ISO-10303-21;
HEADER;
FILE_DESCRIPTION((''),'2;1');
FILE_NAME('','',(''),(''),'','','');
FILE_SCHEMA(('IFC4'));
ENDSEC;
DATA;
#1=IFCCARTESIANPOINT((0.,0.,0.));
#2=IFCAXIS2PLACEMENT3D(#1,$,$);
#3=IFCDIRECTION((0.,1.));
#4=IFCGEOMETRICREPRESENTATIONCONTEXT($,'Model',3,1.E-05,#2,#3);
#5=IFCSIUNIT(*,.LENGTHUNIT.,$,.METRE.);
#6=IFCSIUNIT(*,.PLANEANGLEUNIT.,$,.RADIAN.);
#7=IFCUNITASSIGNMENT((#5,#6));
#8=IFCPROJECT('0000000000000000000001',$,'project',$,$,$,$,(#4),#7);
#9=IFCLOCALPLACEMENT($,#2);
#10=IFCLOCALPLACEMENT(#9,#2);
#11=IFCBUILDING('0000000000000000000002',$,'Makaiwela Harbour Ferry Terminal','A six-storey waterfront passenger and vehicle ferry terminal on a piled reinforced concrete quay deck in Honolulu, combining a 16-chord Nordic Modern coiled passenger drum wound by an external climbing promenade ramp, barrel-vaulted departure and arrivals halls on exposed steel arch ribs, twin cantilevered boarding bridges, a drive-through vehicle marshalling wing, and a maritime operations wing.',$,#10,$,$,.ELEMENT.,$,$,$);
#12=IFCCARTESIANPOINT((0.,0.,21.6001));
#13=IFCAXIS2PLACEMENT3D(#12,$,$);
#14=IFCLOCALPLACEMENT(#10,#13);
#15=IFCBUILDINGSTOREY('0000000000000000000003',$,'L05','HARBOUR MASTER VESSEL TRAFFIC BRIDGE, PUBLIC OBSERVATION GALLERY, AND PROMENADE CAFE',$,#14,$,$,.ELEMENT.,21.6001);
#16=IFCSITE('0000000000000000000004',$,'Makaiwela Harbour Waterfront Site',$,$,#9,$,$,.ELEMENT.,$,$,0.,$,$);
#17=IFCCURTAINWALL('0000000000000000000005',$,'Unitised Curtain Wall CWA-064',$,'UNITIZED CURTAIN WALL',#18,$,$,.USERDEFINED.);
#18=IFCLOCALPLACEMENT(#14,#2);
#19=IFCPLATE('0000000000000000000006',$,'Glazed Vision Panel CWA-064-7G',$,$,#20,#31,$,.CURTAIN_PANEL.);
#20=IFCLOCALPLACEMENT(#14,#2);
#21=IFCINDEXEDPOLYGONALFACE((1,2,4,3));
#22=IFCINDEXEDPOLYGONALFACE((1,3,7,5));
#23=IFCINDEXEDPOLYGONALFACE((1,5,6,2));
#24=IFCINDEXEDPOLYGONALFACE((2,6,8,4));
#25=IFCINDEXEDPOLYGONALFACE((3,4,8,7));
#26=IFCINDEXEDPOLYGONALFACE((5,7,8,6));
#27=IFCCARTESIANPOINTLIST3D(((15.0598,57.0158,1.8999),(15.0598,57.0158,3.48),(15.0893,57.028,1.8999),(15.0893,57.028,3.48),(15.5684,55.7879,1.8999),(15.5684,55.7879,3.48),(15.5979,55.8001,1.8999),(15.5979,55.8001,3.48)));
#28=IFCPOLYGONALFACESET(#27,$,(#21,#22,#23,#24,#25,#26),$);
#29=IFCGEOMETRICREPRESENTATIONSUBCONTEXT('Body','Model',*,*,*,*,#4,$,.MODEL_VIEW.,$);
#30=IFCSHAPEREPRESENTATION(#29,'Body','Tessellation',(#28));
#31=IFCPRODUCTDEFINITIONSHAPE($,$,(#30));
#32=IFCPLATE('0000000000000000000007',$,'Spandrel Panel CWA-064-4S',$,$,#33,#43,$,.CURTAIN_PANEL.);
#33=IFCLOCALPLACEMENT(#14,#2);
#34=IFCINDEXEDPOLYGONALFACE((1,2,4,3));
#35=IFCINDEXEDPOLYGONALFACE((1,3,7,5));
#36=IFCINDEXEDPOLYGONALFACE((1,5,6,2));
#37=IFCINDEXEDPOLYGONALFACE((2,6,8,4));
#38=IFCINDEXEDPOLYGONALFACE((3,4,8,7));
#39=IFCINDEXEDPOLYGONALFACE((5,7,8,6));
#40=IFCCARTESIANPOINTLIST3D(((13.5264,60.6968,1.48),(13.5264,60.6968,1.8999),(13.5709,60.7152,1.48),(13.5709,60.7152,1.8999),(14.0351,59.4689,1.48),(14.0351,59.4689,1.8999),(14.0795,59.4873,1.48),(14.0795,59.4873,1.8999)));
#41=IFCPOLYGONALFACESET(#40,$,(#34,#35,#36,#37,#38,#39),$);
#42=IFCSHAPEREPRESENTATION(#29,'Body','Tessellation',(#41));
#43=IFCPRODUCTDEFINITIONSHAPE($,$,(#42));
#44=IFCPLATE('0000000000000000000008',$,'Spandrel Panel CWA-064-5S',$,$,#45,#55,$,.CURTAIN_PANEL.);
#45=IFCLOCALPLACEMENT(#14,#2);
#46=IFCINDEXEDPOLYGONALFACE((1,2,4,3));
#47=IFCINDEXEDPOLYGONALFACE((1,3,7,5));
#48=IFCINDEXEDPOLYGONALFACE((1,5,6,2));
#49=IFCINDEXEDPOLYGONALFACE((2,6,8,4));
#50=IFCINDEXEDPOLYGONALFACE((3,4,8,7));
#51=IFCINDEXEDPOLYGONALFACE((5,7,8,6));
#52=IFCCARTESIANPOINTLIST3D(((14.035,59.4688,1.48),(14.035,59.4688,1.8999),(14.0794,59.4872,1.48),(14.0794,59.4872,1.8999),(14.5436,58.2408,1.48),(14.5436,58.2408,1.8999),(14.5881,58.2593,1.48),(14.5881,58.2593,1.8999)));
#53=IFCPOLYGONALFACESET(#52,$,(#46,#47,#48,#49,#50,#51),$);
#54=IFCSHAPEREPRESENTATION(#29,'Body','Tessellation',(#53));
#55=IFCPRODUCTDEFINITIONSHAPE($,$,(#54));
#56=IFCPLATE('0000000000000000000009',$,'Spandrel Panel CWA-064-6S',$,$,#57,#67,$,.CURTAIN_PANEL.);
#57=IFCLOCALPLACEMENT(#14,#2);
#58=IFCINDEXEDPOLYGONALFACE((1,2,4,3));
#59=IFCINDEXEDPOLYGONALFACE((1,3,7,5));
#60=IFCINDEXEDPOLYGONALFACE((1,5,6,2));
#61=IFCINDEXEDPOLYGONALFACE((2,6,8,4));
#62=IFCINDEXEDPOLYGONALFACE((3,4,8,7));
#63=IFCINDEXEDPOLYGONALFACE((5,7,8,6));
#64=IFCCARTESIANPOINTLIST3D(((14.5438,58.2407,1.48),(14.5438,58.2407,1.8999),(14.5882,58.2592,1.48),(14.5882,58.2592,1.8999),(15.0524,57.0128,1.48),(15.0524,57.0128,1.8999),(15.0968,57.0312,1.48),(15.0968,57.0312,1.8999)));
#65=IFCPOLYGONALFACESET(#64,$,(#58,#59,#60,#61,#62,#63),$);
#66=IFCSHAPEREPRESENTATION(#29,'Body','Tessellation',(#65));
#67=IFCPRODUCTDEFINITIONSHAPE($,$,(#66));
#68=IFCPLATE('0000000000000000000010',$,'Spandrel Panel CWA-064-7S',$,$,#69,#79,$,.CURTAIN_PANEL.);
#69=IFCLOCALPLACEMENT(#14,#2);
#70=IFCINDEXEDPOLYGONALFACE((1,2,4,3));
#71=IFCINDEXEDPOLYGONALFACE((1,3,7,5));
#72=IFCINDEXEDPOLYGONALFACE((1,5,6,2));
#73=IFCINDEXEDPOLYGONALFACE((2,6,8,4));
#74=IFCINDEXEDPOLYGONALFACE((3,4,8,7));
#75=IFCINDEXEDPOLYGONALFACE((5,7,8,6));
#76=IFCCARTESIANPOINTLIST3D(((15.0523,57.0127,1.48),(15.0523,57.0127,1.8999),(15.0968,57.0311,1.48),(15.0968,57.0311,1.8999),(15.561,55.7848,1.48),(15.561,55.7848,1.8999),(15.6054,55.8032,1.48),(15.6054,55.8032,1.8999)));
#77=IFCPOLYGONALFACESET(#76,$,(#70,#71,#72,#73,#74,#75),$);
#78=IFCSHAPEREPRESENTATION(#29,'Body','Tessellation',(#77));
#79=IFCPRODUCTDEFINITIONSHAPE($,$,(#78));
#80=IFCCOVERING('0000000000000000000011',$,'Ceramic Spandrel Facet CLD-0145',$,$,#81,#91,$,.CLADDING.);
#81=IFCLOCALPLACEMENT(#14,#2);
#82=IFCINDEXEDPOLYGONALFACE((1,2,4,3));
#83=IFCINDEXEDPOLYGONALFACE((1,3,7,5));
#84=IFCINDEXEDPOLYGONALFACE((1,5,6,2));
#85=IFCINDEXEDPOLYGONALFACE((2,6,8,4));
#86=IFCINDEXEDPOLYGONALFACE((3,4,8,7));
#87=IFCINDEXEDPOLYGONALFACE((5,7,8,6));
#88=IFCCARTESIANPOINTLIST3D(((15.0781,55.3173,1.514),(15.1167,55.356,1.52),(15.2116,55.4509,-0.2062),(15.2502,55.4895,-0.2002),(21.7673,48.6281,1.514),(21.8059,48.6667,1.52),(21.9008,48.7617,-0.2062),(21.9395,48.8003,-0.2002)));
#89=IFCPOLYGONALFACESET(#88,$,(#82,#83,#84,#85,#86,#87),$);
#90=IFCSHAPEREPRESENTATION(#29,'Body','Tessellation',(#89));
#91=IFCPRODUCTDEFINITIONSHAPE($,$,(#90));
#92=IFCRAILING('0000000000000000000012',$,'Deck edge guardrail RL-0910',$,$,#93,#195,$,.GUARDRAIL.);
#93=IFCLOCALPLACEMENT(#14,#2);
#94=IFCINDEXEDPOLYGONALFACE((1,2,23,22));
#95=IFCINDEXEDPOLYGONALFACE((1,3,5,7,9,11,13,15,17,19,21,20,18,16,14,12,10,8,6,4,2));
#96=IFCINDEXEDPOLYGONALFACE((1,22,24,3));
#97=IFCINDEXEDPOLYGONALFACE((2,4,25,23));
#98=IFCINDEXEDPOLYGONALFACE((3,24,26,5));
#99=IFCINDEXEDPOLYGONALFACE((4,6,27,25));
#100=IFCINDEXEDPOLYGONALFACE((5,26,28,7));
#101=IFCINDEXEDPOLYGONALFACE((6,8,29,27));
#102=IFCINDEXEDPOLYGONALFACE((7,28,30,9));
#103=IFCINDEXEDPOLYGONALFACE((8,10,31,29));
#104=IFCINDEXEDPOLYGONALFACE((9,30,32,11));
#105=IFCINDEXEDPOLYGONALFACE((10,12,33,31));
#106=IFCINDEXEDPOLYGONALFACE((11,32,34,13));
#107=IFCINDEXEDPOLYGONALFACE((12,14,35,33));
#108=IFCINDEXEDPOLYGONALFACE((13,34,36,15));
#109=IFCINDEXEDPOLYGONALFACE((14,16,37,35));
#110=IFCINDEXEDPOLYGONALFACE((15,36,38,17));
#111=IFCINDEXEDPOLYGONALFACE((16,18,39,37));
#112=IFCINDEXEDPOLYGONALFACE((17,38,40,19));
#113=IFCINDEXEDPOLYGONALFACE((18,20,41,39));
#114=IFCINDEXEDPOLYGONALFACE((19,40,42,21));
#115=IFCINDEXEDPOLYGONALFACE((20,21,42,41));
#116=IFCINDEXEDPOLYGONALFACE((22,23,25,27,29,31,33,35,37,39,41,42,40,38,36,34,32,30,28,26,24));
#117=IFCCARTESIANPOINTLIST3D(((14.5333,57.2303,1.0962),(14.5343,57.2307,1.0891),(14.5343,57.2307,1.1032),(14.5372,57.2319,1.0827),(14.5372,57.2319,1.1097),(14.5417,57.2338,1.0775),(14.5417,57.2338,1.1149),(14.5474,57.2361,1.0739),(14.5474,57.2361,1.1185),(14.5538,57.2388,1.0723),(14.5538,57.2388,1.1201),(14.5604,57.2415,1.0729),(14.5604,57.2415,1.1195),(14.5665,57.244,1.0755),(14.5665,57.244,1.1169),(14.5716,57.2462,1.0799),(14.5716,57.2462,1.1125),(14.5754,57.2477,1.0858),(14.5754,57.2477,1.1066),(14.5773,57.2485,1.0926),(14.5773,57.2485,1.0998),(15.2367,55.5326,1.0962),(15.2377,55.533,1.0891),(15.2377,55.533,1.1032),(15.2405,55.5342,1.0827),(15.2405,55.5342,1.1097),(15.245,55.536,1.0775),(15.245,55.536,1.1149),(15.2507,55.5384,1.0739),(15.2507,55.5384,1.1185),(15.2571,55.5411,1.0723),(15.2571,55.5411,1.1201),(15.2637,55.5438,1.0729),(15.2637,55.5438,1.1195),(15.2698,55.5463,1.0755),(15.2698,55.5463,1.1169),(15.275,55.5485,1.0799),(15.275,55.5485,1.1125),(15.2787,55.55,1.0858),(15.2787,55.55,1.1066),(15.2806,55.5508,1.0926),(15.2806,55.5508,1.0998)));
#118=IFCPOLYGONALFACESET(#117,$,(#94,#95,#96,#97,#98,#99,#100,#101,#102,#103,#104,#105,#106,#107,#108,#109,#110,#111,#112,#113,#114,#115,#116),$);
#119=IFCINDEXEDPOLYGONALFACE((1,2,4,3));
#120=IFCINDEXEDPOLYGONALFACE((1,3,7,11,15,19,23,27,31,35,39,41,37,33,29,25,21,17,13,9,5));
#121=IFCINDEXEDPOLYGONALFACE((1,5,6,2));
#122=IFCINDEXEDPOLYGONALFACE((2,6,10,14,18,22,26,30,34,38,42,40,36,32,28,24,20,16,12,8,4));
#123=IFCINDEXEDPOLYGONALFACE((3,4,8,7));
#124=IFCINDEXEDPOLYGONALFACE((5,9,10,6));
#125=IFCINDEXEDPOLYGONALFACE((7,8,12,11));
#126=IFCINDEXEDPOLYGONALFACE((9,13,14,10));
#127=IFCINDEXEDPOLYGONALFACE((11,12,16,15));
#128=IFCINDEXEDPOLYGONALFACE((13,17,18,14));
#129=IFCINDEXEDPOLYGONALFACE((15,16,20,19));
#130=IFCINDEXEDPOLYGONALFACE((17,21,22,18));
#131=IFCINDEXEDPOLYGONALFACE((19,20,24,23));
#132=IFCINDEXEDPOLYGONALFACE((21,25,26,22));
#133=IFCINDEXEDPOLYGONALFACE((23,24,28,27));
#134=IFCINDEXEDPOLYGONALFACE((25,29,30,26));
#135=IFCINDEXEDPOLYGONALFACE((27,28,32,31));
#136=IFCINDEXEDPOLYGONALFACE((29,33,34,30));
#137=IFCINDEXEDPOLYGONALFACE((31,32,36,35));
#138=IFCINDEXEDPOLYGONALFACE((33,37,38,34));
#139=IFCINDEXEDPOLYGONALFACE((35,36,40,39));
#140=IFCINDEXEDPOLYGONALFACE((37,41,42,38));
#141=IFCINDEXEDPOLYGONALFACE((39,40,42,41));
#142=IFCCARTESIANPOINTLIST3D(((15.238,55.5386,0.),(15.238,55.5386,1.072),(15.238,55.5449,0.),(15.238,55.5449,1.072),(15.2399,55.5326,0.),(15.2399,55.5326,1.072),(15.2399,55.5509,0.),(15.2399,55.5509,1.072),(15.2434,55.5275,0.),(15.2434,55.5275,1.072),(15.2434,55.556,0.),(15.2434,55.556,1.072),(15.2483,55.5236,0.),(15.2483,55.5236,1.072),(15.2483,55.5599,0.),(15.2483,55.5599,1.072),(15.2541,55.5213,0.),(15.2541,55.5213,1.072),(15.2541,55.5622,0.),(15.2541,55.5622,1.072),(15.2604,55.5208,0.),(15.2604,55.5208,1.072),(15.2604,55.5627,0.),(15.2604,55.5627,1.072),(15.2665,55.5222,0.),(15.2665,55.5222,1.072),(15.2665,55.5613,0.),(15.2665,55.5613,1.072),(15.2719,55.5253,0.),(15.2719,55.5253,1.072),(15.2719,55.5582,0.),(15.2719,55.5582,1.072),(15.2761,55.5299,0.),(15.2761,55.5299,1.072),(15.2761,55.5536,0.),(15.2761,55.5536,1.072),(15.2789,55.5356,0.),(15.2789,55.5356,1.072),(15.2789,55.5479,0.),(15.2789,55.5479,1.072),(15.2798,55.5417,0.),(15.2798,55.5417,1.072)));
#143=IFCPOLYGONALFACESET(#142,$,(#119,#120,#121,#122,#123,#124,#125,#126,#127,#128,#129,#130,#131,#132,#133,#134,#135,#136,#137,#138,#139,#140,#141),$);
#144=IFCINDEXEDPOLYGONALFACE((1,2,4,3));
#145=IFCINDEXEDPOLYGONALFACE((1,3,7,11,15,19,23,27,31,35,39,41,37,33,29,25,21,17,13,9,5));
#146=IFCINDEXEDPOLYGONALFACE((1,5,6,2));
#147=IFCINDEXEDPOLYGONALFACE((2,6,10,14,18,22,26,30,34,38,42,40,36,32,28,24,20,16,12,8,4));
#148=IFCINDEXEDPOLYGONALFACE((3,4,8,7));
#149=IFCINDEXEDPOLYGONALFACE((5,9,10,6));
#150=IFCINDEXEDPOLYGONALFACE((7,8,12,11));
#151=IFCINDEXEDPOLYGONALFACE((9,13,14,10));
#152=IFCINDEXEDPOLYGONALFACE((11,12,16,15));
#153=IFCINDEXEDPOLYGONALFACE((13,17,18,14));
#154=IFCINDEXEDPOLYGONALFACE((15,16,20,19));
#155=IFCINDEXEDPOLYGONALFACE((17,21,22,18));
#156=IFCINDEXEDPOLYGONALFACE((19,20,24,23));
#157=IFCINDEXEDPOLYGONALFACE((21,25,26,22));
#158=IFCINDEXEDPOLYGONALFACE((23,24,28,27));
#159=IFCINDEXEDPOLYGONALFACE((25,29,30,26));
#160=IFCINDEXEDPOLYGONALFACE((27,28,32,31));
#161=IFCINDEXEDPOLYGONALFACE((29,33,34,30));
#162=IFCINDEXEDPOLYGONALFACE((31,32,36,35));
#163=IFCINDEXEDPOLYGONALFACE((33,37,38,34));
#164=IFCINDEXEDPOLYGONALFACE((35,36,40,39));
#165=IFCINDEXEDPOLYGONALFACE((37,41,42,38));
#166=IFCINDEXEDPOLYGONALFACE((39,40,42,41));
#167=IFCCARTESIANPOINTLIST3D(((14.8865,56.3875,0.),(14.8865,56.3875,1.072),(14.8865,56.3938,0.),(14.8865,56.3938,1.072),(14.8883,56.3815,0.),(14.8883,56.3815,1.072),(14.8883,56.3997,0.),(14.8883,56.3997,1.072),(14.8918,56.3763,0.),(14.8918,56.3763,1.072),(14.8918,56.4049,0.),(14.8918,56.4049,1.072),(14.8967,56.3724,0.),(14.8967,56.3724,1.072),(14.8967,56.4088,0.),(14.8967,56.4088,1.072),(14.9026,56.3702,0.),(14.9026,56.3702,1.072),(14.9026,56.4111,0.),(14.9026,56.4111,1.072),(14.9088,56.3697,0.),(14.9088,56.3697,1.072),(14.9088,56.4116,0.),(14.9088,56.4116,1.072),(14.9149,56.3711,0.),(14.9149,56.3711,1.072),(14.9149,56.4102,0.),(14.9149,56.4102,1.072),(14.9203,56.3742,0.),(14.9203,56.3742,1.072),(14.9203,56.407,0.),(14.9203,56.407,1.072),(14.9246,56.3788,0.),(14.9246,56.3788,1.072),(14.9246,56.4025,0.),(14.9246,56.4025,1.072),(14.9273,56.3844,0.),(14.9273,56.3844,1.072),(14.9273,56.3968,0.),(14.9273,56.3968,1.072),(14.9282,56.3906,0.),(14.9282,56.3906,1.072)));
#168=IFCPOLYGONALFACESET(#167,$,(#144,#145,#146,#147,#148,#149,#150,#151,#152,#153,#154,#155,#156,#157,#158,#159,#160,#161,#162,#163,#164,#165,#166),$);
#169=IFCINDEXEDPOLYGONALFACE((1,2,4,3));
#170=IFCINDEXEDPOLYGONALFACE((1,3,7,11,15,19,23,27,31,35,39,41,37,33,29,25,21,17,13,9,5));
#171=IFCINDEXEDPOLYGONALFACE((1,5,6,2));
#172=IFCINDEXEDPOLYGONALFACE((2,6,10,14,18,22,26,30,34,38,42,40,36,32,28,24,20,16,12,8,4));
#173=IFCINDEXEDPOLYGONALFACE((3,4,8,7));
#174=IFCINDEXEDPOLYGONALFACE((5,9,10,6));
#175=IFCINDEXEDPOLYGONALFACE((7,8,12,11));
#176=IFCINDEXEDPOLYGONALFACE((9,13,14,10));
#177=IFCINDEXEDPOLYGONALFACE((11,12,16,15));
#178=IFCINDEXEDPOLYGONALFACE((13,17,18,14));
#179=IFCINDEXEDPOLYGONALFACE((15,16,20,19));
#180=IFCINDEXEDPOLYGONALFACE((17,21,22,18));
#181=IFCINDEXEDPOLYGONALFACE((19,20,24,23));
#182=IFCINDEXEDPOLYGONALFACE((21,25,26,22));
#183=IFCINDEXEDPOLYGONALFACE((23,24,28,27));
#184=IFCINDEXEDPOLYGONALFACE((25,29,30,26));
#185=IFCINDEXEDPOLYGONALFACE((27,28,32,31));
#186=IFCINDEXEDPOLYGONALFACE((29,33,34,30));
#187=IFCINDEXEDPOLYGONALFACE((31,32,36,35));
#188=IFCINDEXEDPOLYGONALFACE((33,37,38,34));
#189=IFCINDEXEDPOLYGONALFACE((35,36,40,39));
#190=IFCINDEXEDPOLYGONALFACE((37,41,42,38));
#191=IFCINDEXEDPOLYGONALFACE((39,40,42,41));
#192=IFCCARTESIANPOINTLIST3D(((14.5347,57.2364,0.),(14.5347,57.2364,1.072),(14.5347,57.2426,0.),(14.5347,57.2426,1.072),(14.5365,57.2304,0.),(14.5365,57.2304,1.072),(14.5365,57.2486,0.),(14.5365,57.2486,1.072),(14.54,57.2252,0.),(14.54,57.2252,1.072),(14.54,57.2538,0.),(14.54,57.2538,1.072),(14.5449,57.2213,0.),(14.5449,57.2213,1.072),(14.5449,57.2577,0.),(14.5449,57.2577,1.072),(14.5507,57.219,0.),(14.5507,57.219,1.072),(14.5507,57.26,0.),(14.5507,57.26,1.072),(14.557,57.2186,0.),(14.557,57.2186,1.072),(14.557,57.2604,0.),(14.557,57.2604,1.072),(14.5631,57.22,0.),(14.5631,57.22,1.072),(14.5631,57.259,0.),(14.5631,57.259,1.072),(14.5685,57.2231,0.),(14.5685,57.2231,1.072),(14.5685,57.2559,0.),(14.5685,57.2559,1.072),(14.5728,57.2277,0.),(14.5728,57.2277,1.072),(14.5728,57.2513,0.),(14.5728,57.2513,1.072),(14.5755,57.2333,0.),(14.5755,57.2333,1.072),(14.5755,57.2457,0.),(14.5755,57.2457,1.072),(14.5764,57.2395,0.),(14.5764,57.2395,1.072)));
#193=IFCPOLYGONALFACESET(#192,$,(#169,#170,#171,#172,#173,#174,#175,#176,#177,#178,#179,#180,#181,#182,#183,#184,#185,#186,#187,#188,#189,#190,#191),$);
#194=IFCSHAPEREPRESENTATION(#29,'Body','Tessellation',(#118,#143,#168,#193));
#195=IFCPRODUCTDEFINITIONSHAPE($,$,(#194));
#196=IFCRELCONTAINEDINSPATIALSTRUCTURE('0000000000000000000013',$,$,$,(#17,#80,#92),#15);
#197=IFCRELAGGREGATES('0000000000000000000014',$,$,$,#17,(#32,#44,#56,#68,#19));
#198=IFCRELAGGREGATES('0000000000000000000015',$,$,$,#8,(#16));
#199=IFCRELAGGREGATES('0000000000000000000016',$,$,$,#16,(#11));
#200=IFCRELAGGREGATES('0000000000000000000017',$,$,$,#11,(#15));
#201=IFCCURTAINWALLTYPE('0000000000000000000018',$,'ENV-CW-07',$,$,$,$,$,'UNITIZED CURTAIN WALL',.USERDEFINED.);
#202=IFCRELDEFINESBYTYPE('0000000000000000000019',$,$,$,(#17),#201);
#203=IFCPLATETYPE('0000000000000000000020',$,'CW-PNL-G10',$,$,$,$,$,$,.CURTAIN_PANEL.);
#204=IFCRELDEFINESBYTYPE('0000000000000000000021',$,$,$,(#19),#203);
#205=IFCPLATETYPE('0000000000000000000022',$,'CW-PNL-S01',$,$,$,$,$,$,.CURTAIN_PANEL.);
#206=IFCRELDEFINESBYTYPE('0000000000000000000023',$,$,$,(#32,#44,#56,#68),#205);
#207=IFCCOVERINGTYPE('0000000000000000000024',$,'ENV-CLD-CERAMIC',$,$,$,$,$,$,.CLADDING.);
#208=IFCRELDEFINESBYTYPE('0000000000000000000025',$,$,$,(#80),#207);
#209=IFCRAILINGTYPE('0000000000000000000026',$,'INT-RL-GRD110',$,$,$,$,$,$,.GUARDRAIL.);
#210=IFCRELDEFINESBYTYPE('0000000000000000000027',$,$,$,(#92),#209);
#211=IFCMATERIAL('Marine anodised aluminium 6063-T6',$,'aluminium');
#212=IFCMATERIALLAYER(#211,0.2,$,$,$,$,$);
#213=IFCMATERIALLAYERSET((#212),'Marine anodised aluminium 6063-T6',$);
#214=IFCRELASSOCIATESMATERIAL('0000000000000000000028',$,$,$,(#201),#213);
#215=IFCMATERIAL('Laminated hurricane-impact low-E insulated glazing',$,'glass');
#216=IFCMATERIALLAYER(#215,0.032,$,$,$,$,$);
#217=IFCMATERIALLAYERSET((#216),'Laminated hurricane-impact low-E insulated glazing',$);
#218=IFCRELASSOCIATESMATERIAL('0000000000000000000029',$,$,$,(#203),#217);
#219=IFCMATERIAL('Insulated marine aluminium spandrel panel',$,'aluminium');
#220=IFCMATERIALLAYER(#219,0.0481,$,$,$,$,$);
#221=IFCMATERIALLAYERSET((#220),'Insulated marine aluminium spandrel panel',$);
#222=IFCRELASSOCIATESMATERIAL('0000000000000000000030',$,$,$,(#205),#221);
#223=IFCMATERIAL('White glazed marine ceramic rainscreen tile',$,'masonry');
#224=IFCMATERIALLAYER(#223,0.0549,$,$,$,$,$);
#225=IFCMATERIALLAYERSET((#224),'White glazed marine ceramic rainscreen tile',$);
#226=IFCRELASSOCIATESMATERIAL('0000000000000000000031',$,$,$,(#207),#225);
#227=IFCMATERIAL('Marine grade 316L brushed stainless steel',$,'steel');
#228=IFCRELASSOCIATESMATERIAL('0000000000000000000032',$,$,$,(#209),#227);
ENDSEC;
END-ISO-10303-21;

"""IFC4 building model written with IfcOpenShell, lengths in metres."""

from ifc_helpers import new_model, si_unit, direction, frame, origin, origin_2d, place, context, subcontext, project, spatial, polyline, rectangle, circle, outline, extrude, material, layer, layer_set, type_object, element, aggregate, save


model = new_model("IFC4")

# Units and contexts
model_context = context("Model", 3, precision=1e-05, world=origin(), true_north=direction((0.0, 1.0)))
body_context = subcontext(model_context, "Body", "Model", "MODEL_VIEW")
ifc_project = project(units=[si_unit("LENGTHUNIT", "METRE"), si_unit("PLANEANGLEUNIT", "RADIAN")], contexts=[model_context])

# Site, building, storey
site_placement = place(None, origin())
site = spatial("IfcSite", under=ifc_project, at=site_placement, Name="Makaiwela Harbour Waterfront Site", CompositionType="ELEMENT", RefElevation=0.0)
building_placement = place(site_placement, origin())
building = spatial("IfcBuilding", under=site, at=building_placement, Name="Makaiwela Harbour Ferry Terminal", Description="A six-storey waterfront passenger and vehicle ferry terminal on a piled reinforced concrete quay deck in Honolulu, combining a 16-chord Nordic Modern coiled passenger drum wound by an external climbing promenade ramp, barrel-vaulted departure and arrivals halls on exposed steel arch ribs, twin cantilevered boarding bridges, a drive-through vehicle marshalling wing, and a maritime operations wing.", CompositionType="ELEMENT")
storey_placement = place(building_placement, frame((0.0, 0.0, 21.6001)))
storey = spatial("IfcBuildingStorey", under=building, at=storey_placement, Name="L05", Description="HARBOUR MASTER VESSEL TRAFFIC BRIDGE, PUBLIC OBSERVATION GALLERY, AND PROMENADE CAFE", CompositionType="ELEMENT", Elevation=21.6001)

# Curtain wall
ifc_material_1 = material(Name="Marine anodised aluminium 6063-T6", Category="aluminium")
ifc_layer_1 = layer(ifc_material_1, 0.2)
ifc_layer_set_1 = layer_set([ifc_layer_1], Name="Marine anodised aluminium 6063-T6")
curtain_wall_type = type_object("IfcCurtainWallType", Name="ENV-CW-07", ElementType="UNITIZED CURTAIN WALL", PredefinedType="USERDEFINED", material=ifc_layer_set_1)
curtain_wall_placement = place(storey_placement, origin())
curtain_wall = element("IfcCurtainWall", 1, at=curtain_wall_placement, inside=storey, type_object=curtain_wall_type, Name="Unitised Curtain Wall CWA-064", ObjectType="UNITIZED CURTAIN WALL", PredefinedType="USERDEFINED")

# Plates
ifc_material_2 = material(Name="Laminated hurricane-impact low-E insulated glazing", Category="glass")
ifc_layer_2 = layer(ifc_material_2, 0.032)
ifc_layer_set_2 = layer_set([ifc_layer_2], Name="Laminated hurricane-impact low-E insulated glazing")
plate_type_1 = type_object("IfcPlateType", Name="CW-PNL-G10", PredefinedType="CURTAIN_PANEL", material=ifc_layer_set_2)
plate_1_placement = place(storey_placement, frame((15.3289, 56.408, 1.8999), z_axis=(0.0, 0.0, 1.0), x_axis=(0.382683, -0.92388, 0.0)))
plate_1 = element("IfcPlate", 2, at=plate_1_placement, type_object=plate_type_1, Name="Glazed Vision Panel CWA-064-7G", PredefinedType="CURTAIN_PANEL", context=body_context, shape_type="SweptSolid", body=[
    extrude(rectangle(XDim=1.3291, YDim=0.032, at=origin_2d()), origin(), (0.0, 0.0, 1.0), 1.5801),
])
ifc_material_3 = material(Name="Insulated marine aluminium spandrel panel", Category="aluminium")
ifc_layer_3 = layer(ifc_material_3, 0.0481)
ifc_layer_set_3 = layer_set([ifc_layer_3], Name="Insulated marine aluminium spandrel panel")
plate_type_2 = type_object("IfcPlateType", Name="CW-PNL-S01", PredefinedType="CURTAIN_PANEL", material=ifc_layer_set_3)
plate_2_placement = place(storey_placement, frame((13.803, 60.092, 1.48), z_axis=(0.0, 0.0, 1.0), x_axis=(0.382683, -0.92388, 0.0)))
plate_2 = element("IfcPlate", 3, at=plate_2_placement, type_object=plate_type_2, Name="Spandrel Panel CWA-064-4S", PredefinedType="CURTAIN_PANEL", context=body_context, shape_type="SweptSolid", body=[
    extrude(rectangle(XDim=1.3291, YDim=0.0481, at=origin_2d()), origin(), (0.0, 0.0, 1.0), 0.4199),
])
plate_3_placement = place(storey_placement, frame((14.3115, 58.864, 1.48), z_axis=(0.0, 0.0, 1.0), x_axis=(0.382683, -0.92388, 0.0)))
plate_3 = element("IfcPlate", 4, at=plate_3_placement, type_object=plate_type_2, Name="Spandrel Panel CWA-064-5S", PredefinedType="CURTAIN_PANEL", context=body_context, shape_type="SweptSolid", body=[
    extrude(rectangle(XDim=1.3291, YDim=0.0481, at=origin_2d()), origin(), (0.0, 0.0, 1.0), 0.4199),
])
plate_4_placement = place(storey_placement, frame((14.8203, 57.636, 1.48), z_axis=(0.0, 0.0, 1.0), x_axis=(0.382683, -0.92388, 0.0)))
plate_4 = element("IfcPlate", 5, at=plate_4_placement, type_object=plate_type_2, Name="Spandrel Panel CWA-064-6S", PredefinedType="CURTAIN_PANEL", context=body_context, shape_type="SweptSolid", body=[
    extrude(rectangle(XDim=1.3291, YDim=0.0481, at=origin_2d()), origin(), (0.0, 0.0, 1.0), 0.4199),
])
plate_5_placement = place(storey_placement, frame((15.3289, 56.408, 1.48), z_axis=(0.0, 0.0, 1.0), x_axis=(0.382683, -0.92388, 0.0)))
plate_5 = element("IfcPlate", 6, at=plate_5_placement, type_object=plate_type_2, Name="Spandrel Panel CWA-064-7S", PredefinedType="CURTAIN_PANEL", context=body_context, shape_type="SweptSolid", body=[
    extrude(rectangle(XDim=1.3291, YDim=0.0481, at=origin_2d()), origin(), (0.0, 0.0, 1.0), 0.4199),
])
aggregate(curtain_wall, [plate_2, plate_3, plate_4, plate_5, plate_1])

# Covering
ifc_material_4 = material(Name="White glazed marine ceramic rainscreen tile", Category="masonry")
ifc_layer_4 = layer(ifc_material_4, 0.0549)
ifc_layer_set_4 = layer_set([ifc_layer_4], Name="White glazed marine ceramic rainscreen tile")
covering_type = type_object("IfcCoveringType", Name="ENV-CLD-CERAMIC", PredefinedType="CLADDING", material=ifc_layer_set_4)
covering_placement = place(storey_placement, frame((15.2502, 55.4895, -0.2002), z_axis=(0.702883, 0.702883, 0.109133), x_axis=(0.707107, -0.707107, 0.0)))
element("IfcCovering", 7, at=covering_placement, inside=storey, type_object=covering_type, Name="Ceramic Spandrel Facet CLD-0145", PredefinedType="CLADDING", context=body_context, shape_type="SweptSolid", body=[
    extrude(outline(polyline([(0.0, 0.0), (9.46, 0.0), (9.46, -1.7306), (0.0, -1.7306), (0.0, 0.0)])), origin(), (0.0, 0.0, -1.0), 0.0549),
])

# Railing
ifc_material_5 = material(Name="Marine grade 316L brushed stainless steel", Category="steel")
railing_type = type_object("IfcRailingType", Name="INT-RL-GRD110", PredefinedType="GUARDRAIL", material=ifc_material_5)
railing_1_placement = place(storey_placement, frame((15.2588, 55.5417, 0.0)))
element("IfcRailing", 8, at=railing_1_placement, inside=storey, type_object=railing_type, Name="Deck edge guardrail RL-0910", PredefinedType="GUARDRAIL", context=body_context, shape_type="SweptSolid", body=[
    extrude(circle(Radius=0.0239, at=origin_2d()), frame((0.0, 0.0, 1.0962), z_axis=(-0.382747, 0.923853, 0.0), x_axis=(-0.923853, -0.382747, 0.0)), (0.0, 0.0, 1.0), 1.8376),
    extrude(circle(Radius=0.021, at=origin_2d()), origin(), (0.0, 0.0, 1.0), 1.072),
    extrude(circle(Radius=0.021, at=origin_2d()), frame((-0.3516, 0.8489, 0.0)), (0.0, 0.0, 1.0), 1.072),
    extrude(circle(Radius=0.021, at=origin_2d()), frame((-0.7034, 1.6978, 0.0)), (0.0, 0.0, 1.0), 1.072),
])

save(model, "model.ifc")
